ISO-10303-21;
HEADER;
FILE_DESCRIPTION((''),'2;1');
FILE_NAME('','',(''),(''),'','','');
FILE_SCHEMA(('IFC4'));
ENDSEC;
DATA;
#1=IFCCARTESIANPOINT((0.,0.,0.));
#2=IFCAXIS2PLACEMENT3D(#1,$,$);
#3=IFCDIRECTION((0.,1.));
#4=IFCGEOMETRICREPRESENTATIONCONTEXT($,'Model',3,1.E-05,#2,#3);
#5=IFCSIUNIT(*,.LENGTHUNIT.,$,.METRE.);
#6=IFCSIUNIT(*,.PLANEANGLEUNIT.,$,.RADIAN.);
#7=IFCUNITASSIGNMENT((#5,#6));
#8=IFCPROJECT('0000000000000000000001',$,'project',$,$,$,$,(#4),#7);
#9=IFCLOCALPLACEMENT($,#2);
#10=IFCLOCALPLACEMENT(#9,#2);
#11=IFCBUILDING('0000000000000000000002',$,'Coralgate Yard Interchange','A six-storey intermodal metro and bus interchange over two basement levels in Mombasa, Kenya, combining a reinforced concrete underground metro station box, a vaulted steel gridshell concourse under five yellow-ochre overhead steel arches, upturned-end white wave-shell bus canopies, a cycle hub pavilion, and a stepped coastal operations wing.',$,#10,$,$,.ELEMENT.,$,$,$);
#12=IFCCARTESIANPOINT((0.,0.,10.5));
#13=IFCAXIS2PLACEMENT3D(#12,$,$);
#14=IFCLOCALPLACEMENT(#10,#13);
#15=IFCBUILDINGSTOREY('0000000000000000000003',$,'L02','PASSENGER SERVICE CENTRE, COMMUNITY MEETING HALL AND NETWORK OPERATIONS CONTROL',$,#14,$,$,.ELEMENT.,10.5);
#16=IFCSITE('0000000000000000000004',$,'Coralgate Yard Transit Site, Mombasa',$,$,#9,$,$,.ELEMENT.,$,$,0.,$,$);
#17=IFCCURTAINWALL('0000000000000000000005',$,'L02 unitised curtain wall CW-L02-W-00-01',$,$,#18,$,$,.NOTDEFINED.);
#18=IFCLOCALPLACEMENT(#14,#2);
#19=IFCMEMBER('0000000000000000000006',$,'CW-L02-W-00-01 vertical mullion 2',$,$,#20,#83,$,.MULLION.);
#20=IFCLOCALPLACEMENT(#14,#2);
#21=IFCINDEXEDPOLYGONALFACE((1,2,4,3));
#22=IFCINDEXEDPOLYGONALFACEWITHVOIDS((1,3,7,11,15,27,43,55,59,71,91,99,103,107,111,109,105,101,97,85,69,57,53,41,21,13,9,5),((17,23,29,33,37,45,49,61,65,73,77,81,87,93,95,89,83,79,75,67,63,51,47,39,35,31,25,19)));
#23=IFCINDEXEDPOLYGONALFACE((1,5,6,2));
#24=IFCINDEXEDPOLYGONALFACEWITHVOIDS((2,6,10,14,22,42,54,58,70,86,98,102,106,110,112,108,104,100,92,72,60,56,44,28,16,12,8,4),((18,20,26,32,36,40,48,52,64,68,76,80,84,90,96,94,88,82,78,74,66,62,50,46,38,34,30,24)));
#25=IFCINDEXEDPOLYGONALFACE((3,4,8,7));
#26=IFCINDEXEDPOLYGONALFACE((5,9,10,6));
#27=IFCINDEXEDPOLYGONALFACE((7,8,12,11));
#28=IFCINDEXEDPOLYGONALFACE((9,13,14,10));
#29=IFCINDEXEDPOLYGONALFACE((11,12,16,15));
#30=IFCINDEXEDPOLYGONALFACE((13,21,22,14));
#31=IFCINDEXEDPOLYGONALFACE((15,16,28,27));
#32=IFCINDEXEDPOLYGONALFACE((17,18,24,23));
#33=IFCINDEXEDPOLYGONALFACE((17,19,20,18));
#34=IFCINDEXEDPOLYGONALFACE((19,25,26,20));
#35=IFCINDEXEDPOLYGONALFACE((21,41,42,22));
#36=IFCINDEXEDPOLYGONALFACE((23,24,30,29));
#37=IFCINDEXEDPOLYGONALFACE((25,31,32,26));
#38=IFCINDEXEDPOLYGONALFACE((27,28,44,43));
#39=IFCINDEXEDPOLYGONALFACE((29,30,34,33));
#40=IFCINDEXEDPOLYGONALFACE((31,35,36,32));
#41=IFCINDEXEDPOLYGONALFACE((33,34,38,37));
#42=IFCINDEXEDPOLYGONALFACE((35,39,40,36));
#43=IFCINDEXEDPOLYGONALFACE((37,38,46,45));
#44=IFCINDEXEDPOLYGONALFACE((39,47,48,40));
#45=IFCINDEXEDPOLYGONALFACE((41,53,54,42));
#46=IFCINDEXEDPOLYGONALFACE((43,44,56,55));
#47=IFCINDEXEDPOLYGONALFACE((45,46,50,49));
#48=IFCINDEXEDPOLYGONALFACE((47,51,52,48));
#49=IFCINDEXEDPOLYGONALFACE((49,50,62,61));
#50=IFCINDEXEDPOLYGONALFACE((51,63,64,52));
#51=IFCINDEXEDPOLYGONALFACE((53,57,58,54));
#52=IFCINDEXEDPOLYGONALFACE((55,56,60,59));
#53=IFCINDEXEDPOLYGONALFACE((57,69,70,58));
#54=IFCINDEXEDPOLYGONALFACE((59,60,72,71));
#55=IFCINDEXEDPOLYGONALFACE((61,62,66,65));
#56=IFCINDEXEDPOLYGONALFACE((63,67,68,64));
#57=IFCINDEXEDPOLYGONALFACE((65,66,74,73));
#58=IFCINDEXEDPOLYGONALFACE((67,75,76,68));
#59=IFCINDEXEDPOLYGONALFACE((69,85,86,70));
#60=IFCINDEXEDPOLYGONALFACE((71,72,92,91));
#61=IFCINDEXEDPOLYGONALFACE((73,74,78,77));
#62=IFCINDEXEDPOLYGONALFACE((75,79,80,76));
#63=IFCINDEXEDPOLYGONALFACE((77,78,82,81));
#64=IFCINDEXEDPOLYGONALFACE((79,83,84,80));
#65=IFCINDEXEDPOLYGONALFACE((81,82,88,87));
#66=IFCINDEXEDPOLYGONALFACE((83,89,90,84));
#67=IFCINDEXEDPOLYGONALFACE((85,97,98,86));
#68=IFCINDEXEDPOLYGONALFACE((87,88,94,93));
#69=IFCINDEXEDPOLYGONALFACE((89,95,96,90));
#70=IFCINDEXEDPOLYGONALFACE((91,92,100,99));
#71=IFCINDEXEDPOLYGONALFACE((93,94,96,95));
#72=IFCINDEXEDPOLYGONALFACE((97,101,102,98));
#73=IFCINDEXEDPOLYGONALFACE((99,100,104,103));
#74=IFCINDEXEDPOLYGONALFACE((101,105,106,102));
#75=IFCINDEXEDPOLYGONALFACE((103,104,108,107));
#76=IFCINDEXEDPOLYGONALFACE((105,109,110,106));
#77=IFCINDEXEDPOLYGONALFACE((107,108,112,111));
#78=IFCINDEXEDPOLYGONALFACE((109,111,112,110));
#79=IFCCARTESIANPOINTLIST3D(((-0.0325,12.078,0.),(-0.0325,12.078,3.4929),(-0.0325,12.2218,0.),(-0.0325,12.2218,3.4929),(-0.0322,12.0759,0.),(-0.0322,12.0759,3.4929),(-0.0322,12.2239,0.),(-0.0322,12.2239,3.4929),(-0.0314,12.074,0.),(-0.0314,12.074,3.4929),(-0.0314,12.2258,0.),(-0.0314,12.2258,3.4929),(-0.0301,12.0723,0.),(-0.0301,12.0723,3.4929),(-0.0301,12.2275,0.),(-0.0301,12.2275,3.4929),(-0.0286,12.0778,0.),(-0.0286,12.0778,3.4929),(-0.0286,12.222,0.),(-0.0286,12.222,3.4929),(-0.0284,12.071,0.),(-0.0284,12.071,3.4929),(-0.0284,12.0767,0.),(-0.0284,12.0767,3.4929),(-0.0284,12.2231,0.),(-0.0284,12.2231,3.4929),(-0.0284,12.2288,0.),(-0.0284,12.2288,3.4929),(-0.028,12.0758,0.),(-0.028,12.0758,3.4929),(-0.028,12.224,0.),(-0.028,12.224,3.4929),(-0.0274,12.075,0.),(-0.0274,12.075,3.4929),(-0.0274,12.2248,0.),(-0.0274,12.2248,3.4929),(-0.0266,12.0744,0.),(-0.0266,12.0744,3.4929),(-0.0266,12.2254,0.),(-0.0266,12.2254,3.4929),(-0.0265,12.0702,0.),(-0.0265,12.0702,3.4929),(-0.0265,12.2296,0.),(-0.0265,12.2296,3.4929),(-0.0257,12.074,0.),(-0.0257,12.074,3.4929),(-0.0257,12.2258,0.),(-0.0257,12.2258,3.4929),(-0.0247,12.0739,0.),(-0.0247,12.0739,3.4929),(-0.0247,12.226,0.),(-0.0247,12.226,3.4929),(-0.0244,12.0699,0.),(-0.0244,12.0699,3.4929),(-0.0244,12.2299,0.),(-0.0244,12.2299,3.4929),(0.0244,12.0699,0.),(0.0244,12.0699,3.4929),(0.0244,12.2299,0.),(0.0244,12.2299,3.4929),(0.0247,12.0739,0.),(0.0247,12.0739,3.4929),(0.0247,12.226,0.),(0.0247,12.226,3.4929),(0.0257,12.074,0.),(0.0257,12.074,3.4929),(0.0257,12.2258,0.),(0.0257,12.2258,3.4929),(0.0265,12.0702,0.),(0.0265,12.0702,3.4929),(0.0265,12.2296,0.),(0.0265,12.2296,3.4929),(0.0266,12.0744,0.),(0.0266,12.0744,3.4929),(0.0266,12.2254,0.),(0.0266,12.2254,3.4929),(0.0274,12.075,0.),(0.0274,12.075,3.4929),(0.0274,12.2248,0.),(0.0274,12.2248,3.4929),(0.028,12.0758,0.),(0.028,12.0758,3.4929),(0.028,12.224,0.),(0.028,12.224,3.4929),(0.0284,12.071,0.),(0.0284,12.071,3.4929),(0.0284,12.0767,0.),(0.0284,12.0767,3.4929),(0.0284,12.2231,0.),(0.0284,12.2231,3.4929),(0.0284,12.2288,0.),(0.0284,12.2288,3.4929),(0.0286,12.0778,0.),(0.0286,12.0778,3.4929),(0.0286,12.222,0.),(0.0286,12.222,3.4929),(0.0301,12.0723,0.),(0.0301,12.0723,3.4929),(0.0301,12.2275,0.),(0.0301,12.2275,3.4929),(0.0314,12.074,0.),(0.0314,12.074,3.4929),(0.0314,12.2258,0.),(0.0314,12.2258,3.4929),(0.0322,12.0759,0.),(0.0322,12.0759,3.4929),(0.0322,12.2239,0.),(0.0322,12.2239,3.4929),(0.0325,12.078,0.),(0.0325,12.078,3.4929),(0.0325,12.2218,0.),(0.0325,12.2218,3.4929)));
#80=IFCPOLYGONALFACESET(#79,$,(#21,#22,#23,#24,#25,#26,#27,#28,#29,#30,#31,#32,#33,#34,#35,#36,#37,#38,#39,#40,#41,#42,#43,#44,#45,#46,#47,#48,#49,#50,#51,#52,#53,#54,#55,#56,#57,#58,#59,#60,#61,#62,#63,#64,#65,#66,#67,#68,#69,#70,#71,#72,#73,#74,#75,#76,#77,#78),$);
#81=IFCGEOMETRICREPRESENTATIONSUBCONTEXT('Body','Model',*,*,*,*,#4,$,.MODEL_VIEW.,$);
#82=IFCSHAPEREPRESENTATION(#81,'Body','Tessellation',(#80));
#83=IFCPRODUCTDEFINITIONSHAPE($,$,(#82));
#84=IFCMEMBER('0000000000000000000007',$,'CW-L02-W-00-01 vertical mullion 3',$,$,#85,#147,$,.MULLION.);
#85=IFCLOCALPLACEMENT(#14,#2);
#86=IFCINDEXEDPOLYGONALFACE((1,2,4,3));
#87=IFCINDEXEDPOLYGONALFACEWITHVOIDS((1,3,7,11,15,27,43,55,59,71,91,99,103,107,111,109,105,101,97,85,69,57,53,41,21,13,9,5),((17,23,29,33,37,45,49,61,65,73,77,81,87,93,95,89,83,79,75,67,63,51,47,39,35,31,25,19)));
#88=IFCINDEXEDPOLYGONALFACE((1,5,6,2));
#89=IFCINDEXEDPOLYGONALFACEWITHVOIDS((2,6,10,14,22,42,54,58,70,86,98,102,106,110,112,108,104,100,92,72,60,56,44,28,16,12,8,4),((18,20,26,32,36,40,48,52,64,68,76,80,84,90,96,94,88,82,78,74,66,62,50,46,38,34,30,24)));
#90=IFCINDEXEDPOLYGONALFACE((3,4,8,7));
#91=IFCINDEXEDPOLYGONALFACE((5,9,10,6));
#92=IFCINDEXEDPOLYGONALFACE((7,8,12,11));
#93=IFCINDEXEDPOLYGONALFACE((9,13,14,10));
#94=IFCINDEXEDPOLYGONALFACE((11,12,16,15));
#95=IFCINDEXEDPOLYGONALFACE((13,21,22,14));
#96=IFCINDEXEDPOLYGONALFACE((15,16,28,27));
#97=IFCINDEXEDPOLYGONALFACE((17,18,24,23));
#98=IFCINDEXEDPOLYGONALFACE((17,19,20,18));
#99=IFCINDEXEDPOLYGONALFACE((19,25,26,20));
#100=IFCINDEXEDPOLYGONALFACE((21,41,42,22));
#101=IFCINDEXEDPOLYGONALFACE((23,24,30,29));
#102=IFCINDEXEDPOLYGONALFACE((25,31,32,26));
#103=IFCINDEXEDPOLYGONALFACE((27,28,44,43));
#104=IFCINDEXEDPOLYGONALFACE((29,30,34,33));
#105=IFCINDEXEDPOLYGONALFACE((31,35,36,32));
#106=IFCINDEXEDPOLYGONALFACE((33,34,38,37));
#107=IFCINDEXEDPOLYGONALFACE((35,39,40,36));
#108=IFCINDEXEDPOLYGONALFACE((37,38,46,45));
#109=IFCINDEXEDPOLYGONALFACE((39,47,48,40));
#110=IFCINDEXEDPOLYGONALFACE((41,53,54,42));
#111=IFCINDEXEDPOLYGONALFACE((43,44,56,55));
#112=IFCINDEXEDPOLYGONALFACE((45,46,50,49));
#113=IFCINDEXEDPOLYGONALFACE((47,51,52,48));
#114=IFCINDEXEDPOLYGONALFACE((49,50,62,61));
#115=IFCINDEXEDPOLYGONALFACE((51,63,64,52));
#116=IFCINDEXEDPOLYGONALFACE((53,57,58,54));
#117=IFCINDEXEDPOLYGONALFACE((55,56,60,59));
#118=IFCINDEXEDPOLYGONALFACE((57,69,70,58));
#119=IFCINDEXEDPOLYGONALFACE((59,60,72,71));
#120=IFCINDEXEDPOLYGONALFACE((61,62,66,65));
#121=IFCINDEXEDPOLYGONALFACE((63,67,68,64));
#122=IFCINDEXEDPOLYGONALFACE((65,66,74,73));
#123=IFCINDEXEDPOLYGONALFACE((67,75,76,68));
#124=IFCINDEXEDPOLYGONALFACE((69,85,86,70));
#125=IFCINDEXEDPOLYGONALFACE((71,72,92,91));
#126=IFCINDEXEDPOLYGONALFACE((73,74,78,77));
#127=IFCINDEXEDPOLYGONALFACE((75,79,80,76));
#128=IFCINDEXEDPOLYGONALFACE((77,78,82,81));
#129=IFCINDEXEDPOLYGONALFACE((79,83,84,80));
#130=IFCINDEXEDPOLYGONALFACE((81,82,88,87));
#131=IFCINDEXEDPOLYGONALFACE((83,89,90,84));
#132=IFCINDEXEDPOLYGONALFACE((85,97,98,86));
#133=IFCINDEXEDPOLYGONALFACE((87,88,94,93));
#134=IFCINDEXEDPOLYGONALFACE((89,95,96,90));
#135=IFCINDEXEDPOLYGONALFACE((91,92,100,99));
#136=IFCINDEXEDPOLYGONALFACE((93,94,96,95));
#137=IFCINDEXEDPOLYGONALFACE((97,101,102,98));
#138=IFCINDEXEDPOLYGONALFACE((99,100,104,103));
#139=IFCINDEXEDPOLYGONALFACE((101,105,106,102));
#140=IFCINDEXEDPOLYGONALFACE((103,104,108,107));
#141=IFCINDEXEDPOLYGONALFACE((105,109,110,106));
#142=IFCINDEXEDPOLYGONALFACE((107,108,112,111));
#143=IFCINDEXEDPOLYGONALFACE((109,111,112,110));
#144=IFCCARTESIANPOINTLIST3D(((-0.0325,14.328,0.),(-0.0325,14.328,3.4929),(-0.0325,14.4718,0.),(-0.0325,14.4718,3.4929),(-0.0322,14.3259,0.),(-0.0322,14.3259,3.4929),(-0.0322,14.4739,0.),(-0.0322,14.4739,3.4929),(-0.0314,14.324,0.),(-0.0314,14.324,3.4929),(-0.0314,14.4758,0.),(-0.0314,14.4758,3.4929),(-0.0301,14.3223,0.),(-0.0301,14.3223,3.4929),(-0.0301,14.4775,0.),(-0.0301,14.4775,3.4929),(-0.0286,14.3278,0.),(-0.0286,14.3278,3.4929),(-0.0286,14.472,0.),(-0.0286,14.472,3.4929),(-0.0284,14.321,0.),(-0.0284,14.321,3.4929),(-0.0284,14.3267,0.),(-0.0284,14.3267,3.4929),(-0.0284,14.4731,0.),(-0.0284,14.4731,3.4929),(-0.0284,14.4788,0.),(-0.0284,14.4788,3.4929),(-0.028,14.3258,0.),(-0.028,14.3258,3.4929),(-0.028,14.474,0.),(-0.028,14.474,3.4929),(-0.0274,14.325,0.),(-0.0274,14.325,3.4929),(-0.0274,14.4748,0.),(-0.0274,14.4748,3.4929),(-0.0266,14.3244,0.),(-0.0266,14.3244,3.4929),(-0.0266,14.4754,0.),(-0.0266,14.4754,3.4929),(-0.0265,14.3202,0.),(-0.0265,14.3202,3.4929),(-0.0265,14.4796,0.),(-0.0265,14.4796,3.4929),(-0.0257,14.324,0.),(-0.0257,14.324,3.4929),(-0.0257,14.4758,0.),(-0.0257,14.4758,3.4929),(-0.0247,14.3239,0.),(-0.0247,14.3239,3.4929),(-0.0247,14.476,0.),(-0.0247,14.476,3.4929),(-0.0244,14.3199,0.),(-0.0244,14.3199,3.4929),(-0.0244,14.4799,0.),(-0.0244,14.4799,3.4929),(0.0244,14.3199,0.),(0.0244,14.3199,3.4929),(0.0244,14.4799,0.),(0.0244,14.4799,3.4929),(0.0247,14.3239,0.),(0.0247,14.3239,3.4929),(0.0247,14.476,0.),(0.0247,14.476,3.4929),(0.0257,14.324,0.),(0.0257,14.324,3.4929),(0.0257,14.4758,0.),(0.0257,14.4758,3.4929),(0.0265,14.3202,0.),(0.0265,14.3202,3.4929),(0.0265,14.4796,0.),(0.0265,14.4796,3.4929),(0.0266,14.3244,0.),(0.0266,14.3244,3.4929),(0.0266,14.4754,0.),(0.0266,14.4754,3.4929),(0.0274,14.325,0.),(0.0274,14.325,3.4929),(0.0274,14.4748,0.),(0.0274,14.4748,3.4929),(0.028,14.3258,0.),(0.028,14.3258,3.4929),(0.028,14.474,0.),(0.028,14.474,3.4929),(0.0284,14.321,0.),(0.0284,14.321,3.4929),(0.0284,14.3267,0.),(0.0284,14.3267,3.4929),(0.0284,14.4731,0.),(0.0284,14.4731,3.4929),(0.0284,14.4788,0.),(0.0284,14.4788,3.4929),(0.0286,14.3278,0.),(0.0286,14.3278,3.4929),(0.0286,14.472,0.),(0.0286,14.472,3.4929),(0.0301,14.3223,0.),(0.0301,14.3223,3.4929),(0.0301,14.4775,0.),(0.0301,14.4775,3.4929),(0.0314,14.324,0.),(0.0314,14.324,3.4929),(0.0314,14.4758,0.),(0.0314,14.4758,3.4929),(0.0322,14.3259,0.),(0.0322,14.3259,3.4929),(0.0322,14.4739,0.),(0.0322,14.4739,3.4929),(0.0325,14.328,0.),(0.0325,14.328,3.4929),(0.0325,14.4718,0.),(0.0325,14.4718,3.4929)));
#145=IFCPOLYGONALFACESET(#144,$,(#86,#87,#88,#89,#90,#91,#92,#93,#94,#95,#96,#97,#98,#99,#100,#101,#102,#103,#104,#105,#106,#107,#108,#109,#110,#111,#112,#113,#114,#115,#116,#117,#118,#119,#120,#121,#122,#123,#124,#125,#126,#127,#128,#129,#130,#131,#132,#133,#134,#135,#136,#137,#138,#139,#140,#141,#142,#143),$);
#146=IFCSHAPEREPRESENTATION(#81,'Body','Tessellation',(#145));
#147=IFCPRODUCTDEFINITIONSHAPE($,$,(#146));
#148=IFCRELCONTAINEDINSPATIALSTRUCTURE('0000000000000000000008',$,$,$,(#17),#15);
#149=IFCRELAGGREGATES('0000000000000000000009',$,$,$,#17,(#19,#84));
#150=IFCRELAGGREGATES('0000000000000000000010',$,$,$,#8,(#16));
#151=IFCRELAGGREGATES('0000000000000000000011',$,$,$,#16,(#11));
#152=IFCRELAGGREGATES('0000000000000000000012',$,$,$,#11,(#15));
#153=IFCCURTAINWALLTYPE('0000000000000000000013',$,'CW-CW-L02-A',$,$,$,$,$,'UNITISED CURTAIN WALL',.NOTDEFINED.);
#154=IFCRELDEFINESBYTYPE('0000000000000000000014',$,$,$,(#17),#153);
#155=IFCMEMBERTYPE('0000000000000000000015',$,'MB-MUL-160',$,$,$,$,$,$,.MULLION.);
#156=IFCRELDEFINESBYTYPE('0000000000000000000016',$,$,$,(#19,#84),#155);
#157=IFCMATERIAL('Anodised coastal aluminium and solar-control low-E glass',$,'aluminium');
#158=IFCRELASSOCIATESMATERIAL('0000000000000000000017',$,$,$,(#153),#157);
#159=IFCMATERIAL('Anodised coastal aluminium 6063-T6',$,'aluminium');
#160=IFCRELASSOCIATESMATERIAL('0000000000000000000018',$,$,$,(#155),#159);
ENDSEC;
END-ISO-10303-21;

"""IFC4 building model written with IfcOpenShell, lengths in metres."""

from ifc_helpers import new_model, si_unit, direction, frame, origin, origin_2d, place, context, subcontext, project, spatial, hollow_rectangle, extrude, material, material_profile, profile_set, type_object, element, aggregate, save


model = new_model("IFC4")

# Units and contexts
model_context = context("Model", 3, precision=1e-05, world=origin(), true_north=direction((0.0, 1.0)))
body_context = subcontext(model_context, "Body", "Model", "MODEL_VIEW")
ifc_project = project(units=[si_unit("LENGTHUNIT", "METRE"), si_unit("PLANEANGLEUNIT", "RADIAN")], contexts=[model_context])

# Site, building, storey
site_placement = place(None, origin())
site = spatial("IfcSite", under=ifc_project, at=site_placement, Name="Coralgate Yard Transit Site, Mombasa", CompositionType="ELEMENT", RefElevation=0.0)
building_placement = place(site_placement, origin())
building = spatial("IfcBuilding", under=site, at=building_placement, Name="Coralgate Yard Interchange", Description="A six-storey intermodal metro and bus interchange over two basement levels in Mombasa, Kenya, combining a reinforced concrete underground metro station box, a vaulted steel gridshell concourse under five yellow-ochre overhead steel arches, upturned-end white wave-shell bus canopies, a cycle hub pavilion, and a stepped coastal operations wing.", CompositionType="ELEMENT")
storey_placement = place(building_placement, frame((0.0, 0.0, 10.5)))
storey = spatial("IfcBuildingStorey", under=building, at=storey_placement, Name="L02", Description="PASSENGER SERVICE CENTRE, COMMUNITY MEETING HALL AND NETWORK OPERATIONS CONTROL", CompositionType="ELEMENT", Elevation=10.5)

# Curtain wall, members
ifc_material_1 = material(Name="Anodised coastal aluminium and solar-control low-E glass", Category="aluminium")
curtain_wall_type = type_object("IfcCurtainWallType", Name="CW-CW-L02-A", ElementType="UNITISED CURTAIN WALL", PredefinedType="NOTDEFINED", material=ifc_material_1)
curtain_wall_placement = place(storey_placement, origin())
curtain_wall = element("IfcCurtainWall", 1, at=curtain_wall_placement, inside=storey, type_object=curtain_wall_type, Name="L02 unitised curtain wall CW-L02-W-00-01", PredefinedType="NOTDEFINED")
ifc_material_2 = material(Name="Anodised coastal aluminium 6063-T6", Category="aluminium")
ifc_material_profile_1 = material_profile(ifc_material_2, hollow_rectangle(XDim=0.0649, YDim=0.1599, WallThickness=0.0039, InnerFilletRadius=0.0039, OuterFilletRadius=0.0081, at=origin_2d()), Name="ALU 65x160x4")
ifc_profile_set_1 = profile_set([ifc_material_profile_1], Name="Anodised coastal aluminium 6063-T6")
member_type_1 = type_object("IfcMemberType", Name="MB-MUL-160", PredefinedType="MULLION", material=ifc_profile_set_1)
member_1_placement = place(storey_placement, frame((0.0, 12.1499, 0.0), z_axis=(0.0, 0.0, 1.0), x_axis=(1.0, 0.0, 0.0)))
member_1 = element("IfcMember", 2, at=member_1_placement, type_object=member_type_1, Name="CW-L02-W-00-01 vertical mullion 2", PredefinedType="MULLION", context=body_context, shape_type="SweptSolid", body=[
    extrude(hollow_rectangle(XDim=0.0649, YDim=0.1599, WallThickness=0.0039, InnerFilletRadius=0.0039, OuterFilletRadius=0.0081, at=origin_2d()), origin(), (0.0, 0.0, 1.0), 3.4929),
])
member_2_placement = place(storey_placement, frame((0.0, 14.3999, 0.0), z_axis=(0.0, 0.0, 1.0), x_axis=(1.0, 0.0, 0.0)))
member_2 = element("IfcMember", 3, at=member_2_placement, type_object=member_type_1, Name="CW-L02-W-00-01 vertical mullion 3", PredefinedType="MULLION", context=body_context, shape_type="SweptSolid", body=[
    extrude(hollow_rectangle(XDim=0.0649, YDim=0.1599, WallThickness=0.0039, InnerFilletRadius=0.0039, OuterFilletRadius=0.0081, at=origin_2d()), origin(), (0.0, 0.0, 1.0), 3.4929),
])
aggregate(curtain_wall, [member_1, member_2])

save(model, "model.ifc")
